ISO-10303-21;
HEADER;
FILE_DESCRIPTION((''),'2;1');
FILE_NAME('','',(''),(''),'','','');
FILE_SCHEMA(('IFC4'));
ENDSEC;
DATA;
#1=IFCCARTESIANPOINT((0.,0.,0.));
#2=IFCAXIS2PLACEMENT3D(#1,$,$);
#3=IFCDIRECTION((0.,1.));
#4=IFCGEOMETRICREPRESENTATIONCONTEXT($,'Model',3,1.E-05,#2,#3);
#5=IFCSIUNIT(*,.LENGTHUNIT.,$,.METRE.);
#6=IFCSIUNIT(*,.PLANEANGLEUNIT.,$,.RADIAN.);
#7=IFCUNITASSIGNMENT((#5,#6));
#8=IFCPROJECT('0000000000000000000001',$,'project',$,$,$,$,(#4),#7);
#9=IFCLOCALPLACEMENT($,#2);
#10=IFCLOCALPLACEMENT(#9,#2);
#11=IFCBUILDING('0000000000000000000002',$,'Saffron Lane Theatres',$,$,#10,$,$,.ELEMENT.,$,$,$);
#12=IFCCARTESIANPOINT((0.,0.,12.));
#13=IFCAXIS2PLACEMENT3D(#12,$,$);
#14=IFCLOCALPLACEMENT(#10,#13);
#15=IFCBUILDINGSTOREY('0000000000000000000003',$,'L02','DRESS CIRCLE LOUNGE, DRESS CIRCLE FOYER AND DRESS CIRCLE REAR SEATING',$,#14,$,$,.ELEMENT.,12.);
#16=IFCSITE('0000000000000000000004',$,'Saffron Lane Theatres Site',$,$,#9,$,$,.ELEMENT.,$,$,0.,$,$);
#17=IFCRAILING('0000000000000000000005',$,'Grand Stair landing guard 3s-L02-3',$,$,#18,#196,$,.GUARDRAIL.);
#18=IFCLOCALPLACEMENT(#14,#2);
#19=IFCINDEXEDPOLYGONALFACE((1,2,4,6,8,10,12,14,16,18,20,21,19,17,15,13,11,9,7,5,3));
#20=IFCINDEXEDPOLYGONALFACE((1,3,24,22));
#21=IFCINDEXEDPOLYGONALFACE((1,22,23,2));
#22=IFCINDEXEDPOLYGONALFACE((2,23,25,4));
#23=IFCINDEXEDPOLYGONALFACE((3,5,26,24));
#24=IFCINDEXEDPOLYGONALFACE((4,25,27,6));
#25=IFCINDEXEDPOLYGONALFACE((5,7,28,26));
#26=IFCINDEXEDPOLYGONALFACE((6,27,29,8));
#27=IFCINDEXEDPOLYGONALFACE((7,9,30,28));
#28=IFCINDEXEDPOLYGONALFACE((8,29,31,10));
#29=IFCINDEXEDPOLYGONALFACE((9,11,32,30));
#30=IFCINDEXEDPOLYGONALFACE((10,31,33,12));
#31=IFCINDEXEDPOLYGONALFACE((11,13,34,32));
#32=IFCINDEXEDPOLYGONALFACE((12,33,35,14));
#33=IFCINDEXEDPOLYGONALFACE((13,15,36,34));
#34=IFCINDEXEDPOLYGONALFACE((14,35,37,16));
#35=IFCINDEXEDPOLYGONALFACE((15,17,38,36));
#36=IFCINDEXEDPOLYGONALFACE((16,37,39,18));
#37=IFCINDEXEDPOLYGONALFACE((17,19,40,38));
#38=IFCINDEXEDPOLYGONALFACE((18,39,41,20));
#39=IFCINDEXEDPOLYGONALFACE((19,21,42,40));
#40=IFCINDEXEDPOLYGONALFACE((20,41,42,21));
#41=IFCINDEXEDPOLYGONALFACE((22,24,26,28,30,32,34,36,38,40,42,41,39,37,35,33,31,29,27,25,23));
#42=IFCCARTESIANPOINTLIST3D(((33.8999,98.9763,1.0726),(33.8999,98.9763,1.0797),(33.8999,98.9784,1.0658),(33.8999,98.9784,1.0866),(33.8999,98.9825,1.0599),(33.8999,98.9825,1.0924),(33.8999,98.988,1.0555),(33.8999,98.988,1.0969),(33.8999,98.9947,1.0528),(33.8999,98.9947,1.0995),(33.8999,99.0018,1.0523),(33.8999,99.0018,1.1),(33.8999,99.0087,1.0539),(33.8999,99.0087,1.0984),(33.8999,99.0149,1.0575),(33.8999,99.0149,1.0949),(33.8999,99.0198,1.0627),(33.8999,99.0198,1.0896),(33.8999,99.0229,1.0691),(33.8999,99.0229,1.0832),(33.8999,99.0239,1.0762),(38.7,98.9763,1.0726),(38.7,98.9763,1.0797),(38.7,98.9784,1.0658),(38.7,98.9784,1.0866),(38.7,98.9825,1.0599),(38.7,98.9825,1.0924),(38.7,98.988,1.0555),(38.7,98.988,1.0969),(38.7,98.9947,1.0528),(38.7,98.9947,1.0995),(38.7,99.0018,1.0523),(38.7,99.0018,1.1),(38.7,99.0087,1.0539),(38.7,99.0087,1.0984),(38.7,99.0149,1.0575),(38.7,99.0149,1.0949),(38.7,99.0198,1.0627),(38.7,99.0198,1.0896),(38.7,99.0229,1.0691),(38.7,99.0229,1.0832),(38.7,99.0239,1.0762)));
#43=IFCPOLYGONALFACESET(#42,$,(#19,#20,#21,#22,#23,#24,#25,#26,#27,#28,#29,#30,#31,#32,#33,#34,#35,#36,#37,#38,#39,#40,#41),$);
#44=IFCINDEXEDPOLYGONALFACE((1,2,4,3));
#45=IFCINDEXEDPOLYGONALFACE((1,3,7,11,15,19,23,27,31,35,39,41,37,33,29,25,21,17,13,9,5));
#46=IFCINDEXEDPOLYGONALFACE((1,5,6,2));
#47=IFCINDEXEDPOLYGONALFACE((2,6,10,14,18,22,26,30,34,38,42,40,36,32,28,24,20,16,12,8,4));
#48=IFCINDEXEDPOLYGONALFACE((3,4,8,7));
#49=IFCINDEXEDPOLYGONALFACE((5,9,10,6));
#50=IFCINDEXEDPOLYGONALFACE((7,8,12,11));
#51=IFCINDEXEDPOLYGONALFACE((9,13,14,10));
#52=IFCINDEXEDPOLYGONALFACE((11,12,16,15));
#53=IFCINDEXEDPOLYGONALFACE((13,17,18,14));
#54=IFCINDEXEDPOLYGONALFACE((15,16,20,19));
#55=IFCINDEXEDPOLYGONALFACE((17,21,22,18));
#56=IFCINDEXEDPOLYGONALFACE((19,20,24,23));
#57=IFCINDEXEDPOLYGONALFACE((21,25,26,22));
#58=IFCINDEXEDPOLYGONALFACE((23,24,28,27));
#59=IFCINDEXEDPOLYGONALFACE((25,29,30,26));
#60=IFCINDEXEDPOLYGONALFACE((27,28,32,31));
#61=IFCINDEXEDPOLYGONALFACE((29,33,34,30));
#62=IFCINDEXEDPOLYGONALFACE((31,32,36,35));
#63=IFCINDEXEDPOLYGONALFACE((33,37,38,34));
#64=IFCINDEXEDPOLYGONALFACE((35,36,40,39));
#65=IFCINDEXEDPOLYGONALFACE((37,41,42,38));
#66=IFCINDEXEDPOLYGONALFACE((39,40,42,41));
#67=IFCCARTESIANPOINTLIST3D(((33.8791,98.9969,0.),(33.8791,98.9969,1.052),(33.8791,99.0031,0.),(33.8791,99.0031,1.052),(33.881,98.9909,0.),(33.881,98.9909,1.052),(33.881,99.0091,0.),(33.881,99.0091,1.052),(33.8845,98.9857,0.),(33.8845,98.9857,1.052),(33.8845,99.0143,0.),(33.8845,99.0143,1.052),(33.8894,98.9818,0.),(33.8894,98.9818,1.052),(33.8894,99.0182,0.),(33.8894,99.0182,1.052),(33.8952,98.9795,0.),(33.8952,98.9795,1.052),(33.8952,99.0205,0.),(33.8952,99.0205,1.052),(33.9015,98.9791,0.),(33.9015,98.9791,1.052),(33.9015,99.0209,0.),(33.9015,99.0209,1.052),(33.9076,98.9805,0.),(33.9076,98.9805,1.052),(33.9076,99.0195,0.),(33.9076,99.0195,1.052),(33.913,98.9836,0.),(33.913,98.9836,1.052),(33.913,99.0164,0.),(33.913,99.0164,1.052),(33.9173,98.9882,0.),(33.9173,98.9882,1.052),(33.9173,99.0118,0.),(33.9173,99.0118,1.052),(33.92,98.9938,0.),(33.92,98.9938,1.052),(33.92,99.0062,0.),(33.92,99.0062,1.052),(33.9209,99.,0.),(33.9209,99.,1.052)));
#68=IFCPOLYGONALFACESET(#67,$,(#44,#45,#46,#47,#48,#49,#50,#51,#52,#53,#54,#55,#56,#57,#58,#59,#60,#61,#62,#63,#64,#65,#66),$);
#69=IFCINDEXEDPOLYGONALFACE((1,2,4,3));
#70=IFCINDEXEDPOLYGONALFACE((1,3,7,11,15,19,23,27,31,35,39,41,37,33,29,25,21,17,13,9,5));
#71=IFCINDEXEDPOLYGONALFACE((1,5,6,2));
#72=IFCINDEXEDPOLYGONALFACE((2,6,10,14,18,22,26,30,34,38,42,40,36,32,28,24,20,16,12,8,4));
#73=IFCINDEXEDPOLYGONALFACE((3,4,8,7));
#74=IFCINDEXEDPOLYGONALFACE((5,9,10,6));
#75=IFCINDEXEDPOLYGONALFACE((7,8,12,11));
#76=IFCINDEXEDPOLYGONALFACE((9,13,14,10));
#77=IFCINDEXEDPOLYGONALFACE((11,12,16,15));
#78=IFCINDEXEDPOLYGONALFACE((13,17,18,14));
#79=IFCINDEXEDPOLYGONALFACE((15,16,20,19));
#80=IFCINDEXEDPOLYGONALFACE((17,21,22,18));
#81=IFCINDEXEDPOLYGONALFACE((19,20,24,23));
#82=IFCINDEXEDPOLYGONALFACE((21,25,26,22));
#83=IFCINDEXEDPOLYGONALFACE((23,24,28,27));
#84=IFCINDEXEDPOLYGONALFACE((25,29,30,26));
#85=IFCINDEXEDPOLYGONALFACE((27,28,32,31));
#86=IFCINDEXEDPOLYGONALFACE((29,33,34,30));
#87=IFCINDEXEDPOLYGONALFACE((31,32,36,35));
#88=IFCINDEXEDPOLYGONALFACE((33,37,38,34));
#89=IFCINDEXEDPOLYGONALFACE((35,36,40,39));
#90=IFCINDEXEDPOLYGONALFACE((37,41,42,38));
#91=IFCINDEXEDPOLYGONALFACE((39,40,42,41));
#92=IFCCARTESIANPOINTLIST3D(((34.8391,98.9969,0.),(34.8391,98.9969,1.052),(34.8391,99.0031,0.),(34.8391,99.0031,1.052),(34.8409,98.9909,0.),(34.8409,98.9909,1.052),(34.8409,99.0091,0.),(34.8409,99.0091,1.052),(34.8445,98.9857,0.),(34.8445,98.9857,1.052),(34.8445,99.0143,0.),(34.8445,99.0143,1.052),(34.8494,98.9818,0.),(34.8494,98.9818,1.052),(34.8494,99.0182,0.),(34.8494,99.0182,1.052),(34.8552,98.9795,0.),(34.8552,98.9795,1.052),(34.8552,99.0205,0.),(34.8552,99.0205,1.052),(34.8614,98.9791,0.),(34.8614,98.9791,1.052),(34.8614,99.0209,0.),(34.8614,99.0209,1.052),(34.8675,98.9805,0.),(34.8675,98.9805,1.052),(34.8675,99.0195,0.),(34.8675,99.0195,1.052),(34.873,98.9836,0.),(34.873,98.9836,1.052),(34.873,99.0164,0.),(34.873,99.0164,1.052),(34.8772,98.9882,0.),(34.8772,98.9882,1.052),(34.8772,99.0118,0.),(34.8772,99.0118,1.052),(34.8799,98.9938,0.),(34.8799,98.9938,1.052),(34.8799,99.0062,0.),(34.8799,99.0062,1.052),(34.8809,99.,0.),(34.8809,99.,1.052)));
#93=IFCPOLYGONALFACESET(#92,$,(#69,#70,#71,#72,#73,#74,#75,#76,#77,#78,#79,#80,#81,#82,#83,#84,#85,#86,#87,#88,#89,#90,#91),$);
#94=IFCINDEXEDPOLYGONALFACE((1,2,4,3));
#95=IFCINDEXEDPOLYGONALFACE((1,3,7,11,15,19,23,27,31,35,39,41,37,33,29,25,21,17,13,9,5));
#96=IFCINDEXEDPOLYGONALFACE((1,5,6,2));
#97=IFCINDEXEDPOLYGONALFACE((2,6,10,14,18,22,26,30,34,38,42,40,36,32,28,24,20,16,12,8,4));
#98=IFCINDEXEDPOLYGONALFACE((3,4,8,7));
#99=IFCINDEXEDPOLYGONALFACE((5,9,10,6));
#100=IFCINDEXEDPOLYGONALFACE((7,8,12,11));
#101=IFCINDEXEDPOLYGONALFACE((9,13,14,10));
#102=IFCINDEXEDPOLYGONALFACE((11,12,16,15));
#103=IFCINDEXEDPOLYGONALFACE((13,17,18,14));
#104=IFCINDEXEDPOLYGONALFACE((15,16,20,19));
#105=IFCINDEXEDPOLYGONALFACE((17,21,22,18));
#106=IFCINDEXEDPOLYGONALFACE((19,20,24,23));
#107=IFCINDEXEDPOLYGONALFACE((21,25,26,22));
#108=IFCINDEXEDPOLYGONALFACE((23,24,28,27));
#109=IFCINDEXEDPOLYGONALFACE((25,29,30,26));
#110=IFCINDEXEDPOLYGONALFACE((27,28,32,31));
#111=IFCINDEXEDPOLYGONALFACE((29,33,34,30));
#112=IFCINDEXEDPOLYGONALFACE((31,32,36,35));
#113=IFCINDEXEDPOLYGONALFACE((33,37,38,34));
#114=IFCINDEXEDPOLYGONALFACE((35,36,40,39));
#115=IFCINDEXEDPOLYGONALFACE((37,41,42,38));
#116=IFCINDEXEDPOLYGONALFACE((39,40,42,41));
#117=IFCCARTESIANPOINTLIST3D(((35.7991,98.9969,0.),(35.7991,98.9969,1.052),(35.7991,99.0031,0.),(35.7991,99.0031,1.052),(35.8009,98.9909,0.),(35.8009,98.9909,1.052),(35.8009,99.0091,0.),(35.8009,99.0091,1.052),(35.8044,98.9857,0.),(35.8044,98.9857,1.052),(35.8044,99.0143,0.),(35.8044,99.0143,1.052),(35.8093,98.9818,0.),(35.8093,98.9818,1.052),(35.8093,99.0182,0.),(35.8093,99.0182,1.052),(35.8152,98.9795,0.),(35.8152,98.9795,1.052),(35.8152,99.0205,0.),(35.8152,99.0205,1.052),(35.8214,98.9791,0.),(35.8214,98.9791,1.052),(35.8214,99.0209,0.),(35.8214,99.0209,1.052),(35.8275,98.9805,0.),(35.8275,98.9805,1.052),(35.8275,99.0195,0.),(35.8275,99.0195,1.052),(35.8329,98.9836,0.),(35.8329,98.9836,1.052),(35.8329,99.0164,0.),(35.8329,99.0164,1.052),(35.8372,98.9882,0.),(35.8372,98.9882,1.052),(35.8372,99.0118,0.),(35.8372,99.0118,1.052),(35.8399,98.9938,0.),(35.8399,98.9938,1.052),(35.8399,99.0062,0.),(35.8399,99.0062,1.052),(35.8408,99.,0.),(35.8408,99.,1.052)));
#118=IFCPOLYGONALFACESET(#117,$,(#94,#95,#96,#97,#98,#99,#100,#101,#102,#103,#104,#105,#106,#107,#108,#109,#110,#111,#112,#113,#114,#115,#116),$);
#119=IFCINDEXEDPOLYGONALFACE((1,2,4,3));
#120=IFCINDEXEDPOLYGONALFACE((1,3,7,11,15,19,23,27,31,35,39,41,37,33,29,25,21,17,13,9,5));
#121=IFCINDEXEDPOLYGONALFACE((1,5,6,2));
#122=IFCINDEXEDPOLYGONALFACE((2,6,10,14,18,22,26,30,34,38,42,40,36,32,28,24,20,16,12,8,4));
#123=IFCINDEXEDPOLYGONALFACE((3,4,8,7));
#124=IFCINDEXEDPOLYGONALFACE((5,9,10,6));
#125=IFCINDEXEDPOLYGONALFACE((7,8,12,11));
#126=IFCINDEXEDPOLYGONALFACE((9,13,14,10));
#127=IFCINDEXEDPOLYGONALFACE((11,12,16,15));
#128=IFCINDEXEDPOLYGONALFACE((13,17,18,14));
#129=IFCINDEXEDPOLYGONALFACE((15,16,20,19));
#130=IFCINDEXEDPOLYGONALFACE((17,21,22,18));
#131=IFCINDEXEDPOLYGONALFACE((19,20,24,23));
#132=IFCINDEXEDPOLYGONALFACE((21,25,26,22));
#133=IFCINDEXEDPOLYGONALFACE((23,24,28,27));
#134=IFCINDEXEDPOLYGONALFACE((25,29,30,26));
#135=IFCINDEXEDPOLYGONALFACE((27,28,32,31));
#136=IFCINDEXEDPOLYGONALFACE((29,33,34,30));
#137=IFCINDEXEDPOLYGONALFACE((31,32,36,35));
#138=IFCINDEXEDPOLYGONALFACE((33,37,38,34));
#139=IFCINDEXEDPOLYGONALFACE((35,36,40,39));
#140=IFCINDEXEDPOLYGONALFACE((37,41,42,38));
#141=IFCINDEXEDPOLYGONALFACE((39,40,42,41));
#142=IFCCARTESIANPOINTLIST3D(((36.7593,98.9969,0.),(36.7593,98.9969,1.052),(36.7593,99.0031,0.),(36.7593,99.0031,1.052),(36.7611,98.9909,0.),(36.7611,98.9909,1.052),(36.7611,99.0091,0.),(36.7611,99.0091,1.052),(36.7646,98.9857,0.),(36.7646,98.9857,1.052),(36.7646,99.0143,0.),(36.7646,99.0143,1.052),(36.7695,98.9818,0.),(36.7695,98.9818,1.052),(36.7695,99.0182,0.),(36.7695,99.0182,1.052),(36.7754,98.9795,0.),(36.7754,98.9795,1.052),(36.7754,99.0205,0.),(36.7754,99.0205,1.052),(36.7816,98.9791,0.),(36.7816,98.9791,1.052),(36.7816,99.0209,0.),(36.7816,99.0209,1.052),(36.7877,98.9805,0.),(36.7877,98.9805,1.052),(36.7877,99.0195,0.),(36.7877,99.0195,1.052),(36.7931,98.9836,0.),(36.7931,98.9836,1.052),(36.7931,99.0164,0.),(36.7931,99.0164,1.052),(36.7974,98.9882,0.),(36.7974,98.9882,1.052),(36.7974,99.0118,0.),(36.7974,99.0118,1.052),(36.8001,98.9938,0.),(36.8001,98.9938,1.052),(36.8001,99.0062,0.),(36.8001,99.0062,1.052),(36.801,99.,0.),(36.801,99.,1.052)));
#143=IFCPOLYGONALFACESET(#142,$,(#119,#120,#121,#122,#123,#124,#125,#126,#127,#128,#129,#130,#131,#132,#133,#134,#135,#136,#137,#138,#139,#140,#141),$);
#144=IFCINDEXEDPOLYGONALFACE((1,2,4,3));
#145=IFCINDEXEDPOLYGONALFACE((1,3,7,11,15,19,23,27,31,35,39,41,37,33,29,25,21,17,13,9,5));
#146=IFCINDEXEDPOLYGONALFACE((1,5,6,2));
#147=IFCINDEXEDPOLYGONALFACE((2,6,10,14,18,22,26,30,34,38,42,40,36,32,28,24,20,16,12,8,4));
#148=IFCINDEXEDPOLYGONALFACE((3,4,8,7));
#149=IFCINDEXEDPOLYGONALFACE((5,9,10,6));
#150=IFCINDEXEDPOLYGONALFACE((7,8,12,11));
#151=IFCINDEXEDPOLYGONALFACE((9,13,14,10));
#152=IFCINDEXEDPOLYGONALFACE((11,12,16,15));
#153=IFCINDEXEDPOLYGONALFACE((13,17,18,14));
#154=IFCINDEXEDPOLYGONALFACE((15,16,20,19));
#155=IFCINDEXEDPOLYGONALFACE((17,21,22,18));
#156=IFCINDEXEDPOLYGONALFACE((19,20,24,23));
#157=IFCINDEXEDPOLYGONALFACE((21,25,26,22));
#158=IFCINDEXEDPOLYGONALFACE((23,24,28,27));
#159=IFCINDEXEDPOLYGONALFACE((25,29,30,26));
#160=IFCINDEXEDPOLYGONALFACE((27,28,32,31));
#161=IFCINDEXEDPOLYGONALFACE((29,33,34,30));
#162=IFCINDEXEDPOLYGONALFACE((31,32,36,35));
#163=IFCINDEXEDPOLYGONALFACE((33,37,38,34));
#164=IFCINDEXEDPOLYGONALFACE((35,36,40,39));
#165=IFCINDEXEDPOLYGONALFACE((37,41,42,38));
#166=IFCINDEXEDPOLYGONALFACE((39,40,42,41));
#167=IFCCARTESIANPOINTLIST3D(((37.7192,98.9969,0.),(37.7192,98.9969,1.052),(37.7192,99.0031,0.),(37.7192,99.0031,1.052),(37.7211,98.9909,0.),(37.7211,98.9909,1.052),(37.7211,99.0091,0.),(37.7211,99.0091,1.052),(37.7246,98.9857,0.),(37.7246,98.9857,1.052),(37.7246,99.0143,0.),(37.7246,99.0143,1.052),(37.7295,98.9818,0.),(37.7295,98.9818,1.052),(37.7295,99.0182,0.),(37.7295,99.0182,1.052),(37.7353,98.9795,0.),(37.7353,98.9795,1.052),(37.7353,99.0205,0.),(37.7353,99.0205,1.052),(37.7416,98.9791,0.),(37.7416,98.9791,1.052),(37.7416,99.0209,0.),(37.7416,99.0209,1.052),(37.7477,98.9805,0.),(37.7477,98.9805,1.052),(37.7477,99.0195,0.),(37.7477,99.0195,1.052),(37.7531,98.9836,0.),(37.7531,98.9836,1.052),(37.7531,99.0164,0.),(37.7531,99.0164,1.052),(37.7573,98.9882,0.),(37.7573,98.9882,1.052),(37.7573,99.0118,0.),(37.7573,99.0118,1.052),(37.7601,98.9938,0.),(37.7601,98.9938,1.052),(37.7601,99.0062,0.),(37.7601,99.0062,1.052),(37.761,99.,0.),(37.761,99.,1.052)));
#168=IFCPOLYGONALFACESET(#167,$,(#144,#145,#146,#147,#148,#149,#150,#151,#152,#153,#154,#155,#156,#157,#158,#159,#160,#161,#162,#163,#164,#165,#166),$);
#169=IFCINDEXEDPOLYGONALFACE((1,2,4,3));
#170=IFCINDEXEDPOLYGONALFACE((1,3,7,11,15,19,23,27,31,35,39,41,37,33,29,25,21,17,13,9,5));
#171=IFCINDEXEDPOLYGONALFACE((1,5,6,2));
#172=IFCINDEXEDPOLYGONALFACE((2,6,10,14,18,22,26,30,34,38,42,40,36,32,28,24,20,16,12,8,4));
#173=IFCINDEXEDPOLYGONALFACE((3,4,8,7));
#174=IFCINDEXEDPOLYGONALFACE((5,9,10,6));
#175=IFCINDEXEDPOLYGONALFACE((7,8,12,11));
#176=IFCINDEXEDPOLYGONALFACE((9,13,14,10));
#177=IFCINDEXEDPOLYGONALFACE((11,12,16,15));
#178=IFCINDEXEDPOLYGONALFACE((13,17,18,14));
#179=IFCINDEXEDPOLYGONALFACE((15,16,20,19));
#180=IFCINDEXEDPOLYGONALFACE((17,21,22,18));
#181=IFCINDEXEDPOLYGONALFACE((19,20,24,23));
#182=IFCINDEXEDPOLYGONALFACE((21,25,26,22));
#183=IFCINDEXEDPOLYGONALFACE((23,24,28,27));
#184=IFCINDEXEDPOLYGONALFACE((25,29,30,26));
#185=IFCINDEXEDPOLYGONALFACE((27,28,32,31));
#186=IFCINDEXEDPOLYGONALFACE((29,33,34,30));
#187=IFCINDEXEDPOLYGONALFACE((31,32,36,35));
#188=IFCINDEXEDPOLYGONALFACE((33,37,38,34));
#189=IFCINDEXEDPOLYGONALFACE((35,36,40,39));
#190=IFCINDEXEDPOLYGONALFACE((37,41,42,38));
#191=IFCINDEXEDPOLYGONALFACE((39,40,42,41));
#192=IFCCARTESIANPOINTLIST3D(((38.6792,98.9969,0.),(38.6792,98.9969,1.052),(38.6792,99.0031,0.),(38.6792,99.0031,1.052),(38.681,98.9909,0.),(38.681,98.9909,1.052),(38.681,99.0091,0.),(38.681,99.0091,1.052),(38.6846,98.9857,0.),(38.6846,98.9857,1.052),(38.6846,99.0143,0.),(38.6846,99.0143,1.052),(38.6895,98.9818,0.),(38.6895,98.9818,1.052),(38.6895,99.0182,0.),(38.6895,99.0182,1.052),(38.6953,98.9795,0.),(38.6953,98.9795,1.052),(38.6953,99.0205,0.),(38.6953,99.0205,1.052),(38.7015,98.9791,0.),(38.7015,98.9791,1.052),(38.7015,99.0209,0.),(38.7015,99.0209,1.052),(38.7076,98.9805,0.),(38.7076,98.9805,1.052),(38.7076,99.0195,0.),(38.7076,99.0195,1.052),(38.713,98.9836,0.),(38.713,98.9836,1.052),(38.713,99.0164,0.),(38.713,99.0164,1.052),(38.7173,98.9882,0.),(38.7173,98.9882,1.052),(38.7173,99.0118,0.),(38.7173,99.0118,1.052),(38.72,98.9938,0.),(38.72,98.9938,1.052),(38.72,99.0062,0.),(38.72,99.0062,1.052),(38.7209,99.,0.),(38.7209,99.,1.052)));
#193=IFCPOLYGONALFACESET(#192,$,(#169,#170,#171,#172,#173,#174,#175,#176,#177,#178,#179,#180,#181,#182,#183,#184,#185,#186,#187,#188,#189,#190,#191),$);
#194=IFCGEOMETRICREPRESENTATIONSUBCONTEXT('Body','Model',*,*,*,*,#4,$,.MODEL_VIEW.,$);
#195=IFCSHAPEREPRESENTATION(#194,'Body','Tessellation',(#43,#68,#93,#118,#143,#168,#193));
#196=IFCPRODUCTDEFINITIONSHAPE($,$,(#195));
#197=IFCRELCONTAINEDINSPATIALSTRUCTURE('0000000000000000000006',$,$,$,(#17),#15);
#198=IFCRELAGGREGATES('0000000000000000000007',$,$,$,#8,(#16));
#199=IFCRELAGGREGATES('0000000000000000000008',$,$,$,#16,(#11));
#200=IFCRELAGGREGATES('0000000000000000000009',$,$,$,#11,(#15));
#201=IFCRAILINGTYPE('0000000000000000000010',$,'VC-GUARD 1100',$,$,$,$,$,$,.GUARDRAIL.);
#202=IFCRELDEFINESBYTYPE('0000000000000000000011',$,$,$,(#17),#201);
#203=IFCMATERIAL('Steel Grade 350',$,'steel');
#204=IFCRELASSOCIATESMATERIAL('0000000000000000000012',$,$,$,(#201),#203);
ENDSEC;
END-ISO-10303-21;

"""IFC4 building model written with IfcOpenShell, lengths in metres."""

from ifc_helpers import new_model, si_unit, direction, frame, origin, origin_2d, place, context, subcontext, project, spatial, circle, extrude, material, type_object, element, save


model = new_model("IFC4")

# Units and contexts
model_context = context("Model", 3, precision=1e-05, world=origin(), true_north=direction((0.0, 1.0)))
body_context = subcontext(model_context, "Body", "Model", "MODEL_VIEW")
ifc_project = project(units=[si_unit("LENGTHUNIT", "METRE"), si_unit("PLANEANGLEUNIT", "RADIAN")], contexts=[model_context])

# Site, building, storey
site_placement = place(None, origin())
site = spatial("IfcSite", under=ifc_project, at=site_placement, Name="Saffron Lane Theatres Site", CompositionType="ELEMENT", RefElevation=0.0)
building_placement = place(site_placement, origin())
building = spatial("IfcBuilding", under=site, at=building_placement, Name="Saffron Lane Theatres", CompositionType="ELEMENT")
storey_placement = place(building_placement, frame((0.0, 0.0, 12.0)))
storey = spatial("IfcBuildingStorey", under=building, at=storey_placement, Name="L02", Description="DRESS CIRCLE LOUNGE, DRESS CIRCLE FOYER AND DRESS CIRCLE REAR SEATING", CompositionType="ELEMENT", Elevation=12.0)

# Railing
ifc_material_1 = material(Name="Steel Grade 350", Category="steel")
railing_type_1 = type_object("IfcRailingType", Name="VC-GUARD 1100", PredefinedType="GUARDRAIL", material=ifc_material_1)
railing_1_placement = place(storey_placement, frame((33.8999, 99.0, 0.0)))
element("IfcRailing", 1, at=railing_1_placement, inside=storey, type_object=railing_type_1, Name="Grand Stair landing guard 3s-L02-3", PredefinedType="GUARDRAIL", context=body_context, shape_type="SweptSolid", body=[
    extrude(circle(Radius=0.0239, at=origin_2d()), frame((0.0, 0.0, 1.0762), z_axis=(1.0, 0.0, 0.0), x_axis=(0.0, 1.0, 0.0)), (0.0, 0.0, 1.0), 4.8),
    extrude(circle(Radius=0.021, at=origin_2d()), origin(), (0.0, 0.0, 1.0), 1.052),
    extrude(circle(Radius=0.021, at=origin_2d()), frame((0.96, 0.0, 0.0)), (0.0, 0.0, 1.0), 1.052),
    extrude(circle(Radius=0.021, at=origin_2d()), frame((1.9199, 0.0, 0.0)), (0.0, 0.0, 1.0), 1.052),
    extrude(circle(Radius=0.021, at=origin_2d()), frame((2.8801, 0.0, 0.0)), (0.0, 0.0, 1.0), 1.052),
    extrude(circle(Radius=0.021, at=origin_2d()), frame((3.8401, 0.0, 0.0)), (0.0, 0.0, 1.0), 1.052),
    extrude(circle(Radius=0.021, at=origin_2d()), frame((4.8, 0.0, 0.0)), (0.0, 0.0, 1.0), 1.052),
])

save(model, "model.ifc")
